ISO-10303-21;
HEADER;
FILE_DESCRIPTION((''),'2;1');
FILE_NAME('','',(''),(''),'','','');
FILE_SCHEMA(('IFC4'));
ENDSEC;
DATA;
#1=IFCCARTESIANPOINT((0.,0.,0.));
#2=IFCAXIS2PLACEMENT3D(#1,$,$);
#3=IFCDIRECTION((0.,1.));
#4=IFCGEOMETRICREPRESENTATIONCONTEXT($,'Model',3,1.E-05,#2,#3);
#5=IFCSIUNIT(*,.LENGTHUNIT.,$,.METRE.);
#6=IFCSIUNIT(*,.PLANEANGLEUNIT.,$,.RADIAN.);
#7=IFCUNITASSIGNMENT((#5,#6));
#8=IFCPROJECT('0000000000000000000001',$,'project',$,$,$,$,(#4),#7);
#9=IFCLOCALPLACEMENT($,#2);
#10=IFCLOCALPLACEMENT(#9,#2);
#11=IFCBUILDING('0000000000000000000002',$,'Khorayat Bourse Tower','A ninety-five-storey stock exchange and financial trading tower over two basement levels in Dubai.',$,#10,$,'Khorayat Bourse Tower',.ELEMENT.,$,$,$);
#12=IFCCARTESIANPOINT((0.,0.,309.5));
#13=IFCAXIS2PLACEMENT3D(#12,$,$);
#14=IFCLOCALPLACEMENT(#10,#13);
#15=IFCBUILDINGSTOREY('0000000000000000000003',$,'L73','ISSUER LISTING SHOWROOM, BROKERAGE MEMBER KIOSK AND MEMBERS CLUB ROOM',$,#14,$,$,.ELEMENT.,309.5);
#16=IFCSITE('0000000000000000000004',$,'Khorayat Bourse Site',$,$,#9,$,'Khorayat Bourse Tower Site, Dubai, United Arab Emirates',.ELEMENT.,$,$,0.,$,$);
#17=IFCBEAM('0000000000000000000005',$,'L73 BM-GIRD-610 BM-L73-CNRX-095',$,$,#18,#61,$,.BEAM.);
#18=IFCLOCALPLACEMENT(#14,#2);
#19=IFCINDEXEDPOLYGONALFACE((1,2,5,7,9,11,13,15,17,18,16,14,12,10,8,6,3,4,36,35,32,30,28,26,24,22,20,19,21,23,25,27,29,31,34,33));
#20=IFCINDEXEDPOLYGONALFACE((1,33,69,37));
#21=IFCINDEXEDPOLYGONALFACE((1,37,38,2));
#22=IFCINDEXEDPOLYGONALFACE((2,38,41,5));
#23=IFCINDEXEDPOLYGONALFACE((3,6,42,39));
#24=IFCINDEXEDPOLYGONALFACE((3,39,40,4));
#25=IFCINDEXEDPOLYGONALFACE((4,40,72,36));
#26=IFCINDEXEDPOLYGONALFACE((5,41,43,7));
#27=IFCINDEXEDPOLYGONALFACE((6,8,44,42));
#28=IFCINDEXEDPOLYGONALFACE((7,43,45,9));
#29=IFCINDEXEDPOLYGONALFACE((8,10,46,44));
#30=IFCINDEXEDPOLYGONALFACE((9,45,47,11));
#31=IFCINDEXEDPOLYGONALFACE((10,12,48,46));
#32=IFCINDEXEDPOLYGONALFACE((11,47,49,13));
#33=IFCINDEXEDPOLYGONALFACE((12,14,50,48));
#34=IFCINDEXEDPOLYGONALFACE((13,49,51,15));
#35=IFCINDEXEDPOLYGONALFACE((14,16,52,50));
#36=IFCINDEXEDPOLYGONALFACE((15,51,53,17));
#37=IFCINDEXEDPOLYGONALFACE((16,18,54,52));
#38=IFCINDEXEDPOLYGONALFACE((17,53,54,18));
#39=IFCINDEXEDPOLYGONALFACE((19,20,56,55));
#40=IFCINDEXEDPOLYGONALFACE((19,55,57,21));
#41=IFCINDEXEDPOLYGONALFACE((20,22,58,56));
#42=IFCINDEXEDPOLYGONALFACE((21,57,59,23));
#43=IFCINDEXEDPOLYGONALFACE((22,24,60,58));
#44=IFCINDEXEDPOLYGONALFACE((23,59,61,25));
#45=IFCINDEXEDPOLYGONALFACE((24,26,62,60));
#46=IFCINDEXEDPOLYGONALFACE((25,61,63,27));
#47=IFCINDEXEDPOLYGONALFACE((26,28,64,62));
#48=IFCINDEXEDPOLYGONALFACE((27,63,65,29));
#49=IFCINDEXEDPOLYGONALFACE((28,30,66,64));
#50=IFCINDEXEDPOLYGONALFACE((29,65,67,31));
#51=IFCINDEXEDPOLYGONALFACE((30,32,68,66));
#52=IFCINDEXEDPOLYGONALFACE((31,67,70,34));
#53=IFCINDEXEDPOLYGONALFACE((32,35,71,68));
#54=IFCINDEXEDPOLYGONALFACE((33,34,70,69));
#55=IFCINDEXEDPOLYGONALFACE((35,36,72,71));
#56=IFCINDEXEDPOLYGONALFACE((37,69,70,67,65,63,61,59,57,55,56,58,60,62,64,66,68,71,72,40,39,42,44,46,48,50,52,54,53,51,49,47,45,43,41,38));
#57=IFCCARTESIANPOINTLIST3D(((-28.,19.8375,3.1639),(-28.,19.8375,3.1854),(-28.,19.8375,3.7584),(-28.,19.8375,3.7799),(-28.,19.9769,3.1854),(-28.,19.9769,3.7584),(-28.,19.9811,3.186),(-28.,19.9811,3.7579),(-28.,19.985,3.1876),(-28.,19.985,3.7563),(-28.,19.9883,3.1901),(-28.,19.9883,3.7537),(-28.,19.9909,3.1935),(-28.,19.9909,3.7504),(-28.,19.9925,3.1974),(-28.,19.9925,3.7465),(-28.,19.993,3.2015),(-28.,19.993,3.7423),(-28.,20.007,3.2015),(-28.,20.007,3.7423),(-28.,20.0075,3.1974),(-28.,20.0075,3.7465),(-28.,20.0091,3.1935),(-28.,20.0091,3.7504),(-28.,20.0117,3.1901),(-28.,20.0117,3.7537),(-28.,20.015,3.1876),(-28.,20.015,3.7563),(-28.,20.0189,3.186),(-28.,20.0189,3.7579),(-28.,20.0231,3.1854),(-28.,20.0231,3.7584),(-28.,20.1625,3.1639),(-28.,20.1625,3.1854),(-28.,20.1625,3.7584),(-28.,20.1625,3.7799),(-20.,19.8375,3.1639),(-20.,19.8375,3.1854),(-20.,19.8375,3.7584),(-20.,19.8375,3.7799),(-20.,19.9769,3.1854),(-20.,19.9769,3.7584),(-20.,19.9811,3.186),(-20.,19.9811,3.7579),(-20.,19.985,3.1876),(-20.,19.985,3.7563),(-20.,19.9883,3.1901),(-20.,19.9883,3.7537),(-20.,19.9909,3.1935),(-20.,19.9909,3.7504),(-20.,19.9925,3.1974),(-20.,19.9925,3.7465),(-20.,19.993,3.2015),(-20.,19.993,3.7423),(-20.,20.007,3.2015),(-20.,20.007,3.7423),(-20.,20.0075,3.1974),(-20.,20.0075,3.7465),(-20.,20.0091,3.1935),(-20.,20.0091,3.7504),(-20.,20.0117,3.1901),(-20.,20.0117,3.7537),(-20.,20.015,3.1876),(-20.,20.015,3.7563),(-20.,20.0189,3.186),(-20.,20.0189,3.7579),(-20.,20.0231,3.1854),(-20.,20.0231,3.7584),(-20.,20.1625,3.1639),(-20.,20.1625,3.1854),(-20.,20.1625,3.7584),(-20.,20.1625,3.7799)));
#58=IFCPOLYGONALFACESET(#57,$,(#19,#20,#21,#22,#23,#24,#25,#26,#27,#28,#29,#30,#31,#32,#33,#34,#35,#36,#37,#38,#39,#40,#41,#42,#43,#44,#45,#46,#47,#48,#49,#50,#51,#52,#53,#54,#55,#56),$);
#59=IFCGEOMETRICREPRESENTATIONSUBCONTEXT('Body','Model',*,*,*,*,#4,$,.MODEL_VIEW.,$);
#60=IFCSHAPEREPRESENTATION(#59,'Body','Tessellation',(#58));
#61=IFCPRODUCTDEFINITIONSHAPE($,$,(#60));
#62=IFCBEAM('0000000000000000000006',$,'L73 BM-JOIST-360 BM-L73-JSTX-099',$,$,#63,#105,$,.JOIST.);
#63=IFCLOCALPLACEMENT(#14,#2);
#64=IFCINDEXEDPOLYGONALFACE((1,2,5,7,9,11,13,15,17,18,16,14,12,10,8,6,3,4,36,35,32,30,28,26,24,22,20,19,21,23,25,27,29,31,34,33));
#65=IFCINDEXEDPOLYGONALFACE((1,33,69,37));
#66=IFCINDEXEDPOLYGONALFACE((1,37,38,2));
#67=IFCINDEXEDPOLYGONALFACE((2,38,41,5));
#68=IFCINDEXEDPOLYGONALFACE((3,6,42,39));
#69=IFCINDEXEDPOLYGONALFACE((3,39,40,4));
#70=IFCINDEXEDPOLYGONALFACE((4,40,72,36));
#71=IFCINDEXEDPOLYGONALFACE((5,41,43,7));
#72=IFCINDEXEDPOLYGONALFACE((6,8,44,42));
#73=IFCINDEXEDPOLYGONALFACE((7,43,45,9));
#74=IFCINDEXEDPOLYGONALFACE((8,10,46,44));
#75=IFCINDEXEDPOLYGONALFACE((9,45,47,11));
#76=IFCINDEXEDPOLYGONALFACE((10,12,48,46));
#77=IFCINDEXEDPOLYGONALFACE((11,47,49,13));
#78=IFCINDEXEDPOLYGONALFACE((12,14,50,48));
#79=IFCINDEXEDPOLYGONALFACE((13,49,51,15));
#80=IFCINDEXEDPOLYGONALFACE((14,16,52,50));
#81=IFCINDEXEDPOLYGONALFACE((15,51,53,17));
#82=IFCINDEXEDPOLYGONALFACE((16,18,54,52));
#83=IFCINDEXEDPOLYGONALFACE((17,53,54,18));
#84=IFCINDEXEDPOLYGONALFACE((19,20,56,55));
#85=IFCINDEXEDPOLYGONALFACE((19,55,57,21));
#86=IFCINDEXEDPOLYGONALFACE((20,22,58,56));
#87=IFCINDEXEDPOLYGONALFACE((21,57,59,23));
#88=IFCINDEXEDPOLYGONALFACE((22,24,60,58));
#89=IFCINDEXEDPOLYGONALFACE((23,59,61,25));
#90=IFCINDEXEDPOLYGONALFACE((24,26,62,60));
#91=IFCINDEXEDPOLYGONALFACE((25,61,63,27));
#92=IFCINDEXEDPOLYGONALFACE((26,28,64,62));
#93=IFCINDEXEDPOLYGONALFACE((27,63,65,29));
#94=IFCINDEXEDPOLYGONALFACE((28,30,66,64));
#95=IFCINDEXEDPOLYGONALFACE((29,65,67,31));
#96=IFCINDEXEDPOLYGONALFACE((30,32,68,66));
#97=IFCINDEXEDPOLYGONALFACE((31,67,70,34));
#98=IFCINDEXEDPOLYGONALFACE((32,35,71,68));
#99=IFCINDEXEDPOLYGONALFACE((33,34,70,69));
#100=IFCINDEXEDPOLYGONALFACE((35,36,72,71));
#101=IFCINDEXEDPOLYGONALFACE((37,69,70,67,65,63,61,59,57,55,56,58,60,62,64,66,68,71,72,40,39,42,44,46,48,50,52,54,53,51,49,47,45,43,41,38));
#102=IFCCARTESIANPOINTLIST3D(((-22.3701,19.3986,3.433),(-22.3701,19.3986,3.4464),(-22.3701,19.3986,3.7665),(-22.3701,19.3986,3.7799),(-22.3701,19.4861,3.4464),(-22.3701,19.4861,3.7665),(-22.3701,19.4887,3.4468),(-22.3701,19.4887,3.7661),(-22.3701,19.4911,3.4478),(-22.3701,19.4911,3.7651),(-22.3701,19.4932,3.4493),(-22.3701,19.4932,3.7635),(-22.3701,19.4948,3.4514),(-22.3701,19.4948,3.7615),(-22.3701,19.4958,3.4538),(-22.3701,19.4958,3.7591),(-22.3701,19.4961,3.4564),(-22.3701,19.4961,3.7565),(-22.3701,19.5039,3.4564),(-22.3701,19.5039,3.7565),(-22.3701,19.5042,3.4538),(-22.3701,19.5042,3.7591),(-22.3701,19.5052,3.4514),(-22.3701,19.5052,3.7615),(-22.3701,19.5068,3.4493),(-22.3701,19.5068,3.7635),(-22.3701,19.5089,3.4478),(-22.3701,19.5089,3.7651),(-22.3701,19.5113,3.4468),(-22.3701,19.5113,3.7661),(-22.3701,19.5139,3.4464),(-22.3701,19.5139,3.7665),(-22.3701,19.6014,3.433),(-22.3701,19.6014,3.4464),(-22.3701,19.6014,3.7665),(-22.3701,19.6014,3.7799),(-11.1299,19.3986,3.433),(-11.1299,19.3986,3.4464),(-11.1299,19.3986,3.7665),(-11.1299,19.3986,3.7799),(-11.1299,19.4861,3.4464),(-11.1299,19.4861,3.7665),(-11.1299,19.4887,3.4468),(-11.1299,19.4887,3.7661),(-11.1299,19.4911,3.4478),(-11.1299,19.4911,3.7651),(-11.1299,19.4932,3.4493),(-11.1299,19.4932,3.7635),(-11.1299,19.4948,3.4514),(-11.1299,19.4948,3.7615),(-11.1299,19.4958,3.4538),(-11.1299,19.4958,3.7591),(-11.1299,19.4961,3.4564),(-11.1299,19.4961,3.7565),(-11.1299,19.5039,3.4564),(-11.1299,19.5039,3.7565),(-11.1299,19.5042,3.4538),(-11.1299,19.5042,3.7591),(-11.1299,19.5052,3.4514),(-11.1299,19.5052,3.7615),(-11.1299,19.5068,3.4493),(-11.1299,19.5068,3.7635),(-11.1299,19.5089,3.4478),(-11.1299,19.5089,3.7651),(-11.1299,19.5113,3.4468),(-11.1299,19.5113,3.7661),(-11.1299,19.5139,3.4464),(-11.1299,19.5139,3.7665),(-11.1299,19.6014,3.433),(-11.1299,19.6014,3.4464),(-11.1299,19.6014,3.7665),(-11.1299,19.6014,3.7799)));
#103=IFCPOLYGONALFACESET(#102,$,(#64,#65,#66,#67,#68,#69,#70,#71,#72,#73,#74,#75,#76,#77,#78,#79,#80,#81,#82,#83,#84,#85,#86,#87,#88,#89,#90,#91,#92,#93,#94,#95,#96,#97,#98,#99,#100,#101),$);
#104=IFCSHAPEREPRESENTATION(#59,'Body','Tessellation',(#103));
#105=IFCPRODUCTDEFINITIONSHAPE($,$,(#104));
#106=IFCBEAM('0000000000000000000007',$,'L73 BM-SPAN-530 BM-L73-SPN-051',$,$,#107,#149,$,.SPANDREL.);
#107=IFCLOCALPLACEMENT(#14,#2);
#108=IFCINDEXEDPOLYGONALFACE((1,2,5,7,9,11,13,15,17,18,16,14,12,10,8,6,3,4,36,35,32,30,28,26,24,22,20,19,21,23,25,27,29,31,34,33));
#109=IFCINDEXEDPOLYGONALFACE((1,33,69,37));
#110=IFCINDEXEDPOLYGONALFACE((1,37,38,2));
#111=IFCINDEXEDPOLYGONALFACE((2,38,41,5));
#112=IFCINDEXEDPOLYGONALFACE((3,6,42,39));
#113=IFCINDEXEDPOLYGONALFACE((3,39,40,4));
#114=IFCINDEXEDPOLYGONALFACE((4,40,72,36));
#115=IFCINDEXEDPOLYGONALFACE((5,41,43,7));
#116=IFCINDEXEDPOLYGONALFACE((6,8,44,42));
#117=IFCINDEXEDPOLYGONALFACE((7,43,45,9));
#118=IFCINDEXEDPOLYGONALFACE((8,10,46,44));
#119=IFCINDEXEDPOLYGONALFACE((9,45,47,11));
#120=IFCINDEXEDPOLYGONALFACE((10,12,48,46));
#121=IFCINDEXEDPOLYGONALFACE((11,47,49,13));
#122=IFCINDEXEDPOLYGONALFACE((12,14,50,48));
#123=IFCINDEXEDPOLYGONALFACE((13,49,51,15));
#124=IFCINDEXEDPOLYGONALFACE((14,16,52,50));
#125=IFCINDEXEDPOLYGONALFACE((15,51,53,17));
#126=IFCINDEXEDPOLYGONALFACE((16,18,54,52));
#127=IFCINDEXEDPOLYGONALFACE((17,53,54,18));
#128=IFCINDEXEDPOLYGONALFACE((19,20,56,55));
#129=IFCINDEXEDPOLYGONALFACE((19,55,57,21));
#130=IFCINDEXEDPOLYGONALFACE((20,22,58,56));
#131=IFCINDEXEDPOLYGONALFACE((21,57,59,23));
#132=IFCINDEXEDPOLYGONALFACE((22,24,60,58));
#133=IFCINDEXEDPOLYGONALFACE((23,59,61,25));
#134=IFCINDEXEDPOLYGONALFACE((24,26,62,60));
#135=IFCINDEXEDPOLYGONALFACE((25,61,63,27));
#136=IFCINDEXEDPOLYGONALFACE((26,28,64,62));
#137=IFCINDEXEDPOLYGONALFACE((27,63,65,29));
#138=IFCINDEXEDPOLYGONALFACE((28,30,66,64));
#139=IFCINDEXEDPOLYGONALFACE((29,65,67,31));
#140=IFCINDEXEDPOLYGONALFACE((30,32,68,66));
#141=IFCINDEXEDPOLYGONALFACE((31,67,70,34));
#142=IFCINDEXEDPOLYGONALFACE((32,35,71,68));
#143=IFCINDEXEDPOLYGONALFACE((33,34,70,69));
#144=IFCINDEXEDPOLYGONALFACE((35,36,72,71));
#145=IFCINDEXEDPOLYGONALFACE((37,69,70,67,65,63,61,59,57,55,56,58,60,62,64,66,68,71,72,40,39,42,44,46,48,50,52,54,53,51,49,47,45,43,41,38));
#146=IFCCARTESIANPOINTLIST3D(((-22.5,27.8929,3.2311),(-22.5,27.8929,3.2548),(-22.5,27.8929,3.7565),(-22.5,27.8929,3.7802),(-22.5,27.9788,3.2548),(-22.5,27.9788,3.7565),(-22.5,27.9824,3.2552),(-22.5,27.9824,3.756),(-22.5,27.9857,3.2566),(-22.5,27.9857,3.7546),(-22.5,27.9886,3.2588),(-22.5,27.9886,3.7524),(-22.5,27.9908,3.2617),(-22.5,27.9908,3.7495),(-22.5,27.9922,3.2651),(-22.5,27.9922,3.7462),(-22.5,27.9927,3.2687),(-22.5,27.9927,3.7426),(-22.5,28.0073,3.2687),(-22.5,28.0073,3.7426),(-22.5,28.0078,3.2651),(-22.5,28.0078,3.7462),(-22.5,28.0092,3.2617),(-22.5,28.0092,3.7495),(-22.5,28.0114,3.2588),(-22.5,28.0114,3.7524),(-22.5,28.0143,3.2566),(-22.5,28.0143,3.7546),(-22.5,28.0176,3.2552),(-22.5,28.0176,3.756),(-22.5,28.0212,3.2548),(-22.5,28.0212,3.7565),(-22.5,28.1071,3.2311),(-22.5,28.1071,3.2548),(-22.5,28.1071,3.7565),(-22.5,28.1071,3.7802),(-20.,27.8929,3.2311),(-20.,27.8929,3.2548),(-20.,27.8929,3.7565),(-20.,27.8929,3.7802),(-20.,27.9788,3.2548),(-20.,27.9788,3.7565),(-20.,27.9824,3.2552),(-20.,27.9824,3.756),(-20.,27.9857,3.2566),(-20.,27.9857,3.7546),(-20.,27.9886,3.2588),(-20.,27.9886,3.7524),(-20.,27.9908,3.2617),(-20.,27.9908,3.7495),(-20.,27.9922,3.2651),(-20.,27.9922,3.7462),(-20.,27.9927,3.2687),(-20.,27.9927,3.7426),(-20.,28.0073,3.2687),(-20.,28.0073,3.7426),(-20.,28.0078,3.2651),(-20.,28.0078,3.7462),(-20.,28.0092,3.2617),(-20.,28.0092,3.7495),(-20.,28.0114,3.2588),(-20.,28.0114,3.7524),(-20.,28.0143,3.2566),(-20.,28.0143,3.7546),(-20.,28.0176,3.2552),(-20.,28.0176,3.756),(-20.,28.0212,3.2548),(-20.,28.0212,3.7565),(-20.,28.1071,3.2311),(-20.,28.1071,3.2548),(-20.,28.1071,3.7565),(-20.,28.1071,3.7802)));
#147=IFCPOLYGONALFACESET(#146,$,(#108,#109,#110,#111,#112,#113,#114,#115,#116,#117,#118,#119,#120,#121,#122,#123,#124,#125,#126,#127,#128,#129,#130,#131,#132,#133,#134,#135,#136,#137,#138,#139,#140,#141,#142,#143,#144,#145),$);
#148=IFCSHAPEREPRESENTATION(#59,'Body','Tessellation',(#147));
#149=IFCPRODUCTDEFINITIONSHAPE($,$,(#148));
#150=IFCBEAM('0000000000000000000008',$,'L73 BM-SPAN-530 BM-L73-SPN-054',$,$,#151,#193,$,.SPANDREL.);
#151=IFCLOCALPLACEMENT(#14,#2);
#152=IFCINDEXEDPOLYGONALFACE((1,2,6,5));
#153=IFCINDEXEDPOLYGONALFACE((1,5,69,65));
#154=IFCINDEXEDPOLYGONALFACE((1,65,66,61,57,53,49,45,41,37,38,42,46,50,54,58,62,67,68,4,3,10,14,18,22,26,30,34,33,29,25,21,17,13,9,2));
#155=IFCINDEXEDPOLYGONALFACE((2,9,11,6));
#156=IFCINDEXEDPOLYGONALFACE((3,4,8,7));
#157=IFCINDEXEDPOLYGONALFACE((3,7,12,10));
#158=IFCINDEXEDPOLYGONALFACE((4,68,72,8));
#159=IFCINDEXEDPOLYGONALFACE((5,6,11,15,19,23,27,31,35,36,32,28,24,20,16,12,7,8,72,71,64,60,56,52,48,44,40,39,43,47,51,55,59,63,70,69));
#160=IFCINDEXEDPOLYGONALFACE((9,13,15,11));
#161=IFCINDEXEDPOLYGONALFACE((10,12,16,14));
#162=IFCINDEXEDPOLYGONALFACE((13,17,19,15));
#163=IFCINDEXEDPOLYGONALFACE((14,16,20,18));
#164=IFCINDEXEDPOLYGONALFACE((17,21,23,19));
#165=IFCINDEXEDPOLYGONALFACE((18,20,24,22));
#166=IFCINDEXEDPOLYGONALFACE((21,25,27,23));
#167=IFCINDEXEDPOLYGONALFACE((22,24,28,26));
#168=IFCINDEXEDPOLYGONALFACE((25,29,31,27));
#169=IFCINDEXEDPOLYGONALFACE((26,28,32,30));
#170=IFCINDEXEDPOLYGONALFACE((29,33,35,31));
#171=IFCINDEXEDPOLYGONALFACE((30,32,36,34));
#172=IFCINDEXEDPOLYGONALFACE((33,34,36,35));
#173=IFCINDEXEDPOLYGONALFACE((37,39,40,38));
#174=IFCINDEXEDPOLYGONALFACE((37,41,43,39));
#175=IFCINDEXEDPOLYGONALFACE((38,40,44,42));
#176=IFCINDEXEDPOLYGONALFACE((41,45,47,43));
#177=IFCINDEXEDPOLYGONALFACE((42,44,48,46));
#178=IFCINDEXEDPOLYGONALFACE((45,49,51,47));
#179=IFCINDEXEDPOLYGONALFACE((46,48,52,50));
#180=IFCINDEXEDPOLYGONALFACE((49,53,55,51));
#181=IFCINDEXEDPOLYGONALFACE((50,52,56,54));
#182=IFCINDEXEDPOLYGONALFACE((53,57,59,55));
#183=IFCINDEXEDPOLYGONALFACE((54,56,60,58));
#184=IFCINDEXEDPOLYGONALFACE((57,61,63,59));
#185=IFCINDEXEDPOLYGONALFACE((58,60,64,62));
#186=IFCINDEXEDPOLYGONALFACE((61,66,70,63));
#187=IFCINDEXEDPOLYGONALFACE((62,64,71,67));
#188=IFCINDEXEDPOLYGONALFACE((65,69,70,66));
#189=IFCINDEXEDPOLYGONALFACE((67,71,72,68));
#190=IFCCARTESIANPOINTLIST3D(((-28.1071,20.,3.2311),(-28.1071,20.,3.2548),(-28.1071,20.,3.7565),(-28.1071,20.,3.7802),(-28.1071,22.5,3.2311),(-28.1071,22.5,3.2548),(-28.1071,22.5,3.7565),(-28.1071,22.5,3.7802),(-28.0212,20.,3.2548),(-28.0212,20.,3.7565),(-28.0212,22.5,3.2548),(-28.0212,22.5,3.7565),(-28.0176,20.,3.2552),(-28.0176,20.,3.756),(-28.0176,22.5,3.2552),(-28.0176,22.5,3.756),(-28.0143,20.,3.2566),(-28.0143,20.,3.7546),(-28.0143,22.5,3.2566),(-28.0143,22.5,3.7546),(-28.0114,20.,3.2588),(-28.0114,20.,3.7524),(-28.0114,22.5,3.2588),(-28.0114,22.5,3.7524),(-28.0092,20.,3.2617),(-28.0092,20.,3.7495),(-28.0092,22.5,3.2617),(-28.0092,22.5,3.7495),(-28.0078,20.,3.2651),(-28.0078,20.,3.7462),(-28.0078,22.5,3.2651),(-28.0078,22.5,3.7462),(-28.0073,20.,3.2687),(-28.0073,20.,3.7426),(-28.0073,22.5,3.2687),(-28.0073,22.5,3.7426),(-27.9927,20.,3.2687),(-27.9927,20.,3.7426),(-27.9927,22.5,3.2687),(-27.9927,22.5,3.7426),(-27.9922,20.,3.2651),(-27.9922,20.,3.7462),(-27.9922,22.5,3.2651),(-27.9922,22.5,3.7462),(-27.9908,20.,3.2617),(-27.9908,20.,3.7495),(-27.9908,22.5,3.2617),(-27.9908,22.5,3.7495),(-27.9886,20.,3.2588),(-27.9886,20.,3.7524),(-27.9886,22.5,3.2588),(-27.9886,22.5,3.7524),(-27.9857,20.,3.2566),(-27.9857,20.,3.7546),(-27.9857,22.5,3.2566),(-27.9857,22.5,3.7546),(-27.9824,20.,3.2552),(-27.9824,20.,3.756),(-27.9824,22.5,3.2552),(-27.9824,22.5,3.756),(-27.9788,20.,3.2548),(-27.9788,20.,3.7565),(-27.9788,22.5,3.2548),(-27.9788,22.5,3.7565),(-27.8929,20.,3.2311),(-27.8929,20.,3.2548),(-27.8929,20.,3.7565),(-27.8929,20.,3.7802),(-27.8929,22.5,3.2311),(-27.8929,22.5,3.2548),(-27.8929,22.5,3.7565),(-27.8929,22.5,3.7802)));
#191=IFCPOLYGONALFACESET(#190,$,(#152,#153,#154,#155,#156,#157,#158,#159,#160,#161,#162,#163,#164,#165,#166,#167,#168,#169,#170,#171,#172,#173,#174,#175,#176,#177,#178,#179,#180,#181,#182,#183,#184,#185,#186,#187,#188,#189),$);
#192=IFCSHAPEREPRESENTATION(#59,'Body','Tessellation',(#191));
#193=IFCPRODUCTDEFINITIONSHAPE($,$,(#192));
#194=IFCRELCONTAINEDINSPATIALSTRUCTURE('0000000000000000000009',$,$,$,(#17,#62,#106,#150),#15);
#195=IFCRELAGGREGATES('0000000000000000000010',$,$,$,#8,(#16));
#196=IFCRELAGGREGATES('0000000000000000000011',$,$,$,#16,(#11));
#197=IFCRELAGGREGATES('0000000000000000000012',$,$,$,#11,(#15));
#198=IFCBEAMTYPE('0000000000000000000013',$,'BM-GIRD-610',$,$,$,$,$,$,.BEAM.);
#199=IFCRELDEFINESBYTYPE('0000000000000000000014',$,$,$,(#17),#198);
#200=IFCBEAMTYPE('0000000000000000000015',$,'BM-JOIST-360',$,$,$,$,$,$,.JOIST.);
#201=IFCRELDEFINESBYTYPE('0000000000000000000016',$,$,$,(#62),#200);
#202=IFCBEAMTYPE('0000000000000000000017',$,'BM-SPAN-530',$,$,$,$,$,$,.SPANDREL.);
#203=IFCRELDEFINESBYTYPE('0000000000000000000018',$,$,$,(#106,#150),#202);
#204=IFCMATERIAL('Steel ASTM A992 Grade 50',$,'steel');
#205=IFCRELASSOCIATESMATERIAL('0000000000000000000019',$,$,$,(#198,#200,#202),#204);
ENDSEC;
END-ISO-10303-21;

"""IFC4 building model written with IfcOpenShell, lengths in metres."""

from ifc_helpers import new_model, si_unit, direction, frame, origin, origin_2d, place, context, subcontext, project, spatial, i_section, extrude, source, transform, mapped, material, material_profile, profile_set, type_object, element, save


model = new_model("IFC4")

# Units and contexts
model_context = context("Model", 3, precision=1e-05, world=origin(), true_north=direction((0.0, 1.0)))
body_context = subcontext(model_context, "Body", "Model", "MODEL_VIEW")
ifc_project = project(units=[si_unit("LENGTHUNIT", "METRE"), si_unit("PLANEANGLEUNIT", "RADIAN")], contexts=[model_context])

# Site, building, storey
site_placement = place(None, origin())
site = spatial("IfcSite", under=ifc_project, at=site_placement, Name="Khorayat Bourse Site", LongName="Khorayat Bourse Tower Site, Dubai, United Arab Emirates", CompositionType="ELEMENT", RefElevation=0.0)
building_placement = place(site_placement, origin())
building = spatial("IfcBuilding", under=site, at=building_placement, Name="Khorayat Bourse Tower", Description="A ninety-five-storey stock exchange and financial trading tower over two basement levels in Dubai.", LongName="Khorayat Bourse Tower", CompositionType="ELEMENT")
storey_placement = place(building_placement, frame((0.0, 0.0, 309.5)))
storey = spatial("IfcBuildingStorey", under=building, at=storey_placement, Name="L73", Description="ISSUER LISTING SHOWROOM, BROKERAGE MEMBER KIOSK AND MEMBERS CLUB ROOM", CompositionType="ELEMENT", Elevation=309.5)

# Beams
ifc_material_1 = material(Name="Steel ASTM A992 Grade 50", Category="steel")
ifc_material_profile_1 = material_profile(ifc_material_1, i_section(OverallWidth=0.325, OverallDepth=0.616, WebThickness=0.0139, FlangeThickness=0.0215, FilletRadius=0.0161, at=origin_2d()), Name="W610X174")
ifc_profile_set_1 = profile_set([ifc_material_profile_1], Name="Steel ASTM A992 Grade 50")
beam_type_1 = type_object("IfcBeamType", Name="BM-GIRD-610", PredefinedType="BEAM", material=ifc_profile_set_1)
shared_shape_1 = source(origin(), body_context, "Body", "SweptSolid", [
    extrude(i_section(OverallWidth=0.325, OverallDepth=0.616, WebThickness=0.0139, FlangeThickness=0.0215, FilletRadius=0.0161, at=origin_2d()), origin(), (0.0, 0.0, 1.0), 8.0),
])
beam_1_placement = place(storey_placement, frame((-28.0, 20.0, 3.4719), z_axis=(1.0, 0.0, 0.0), x_axis=(0.0, 1.0, 0.0)))
element("IfcBeam", 1, at=beam_1_placement, inside=storey, type_object=beam_type_1, Name="L73 BM-GIRD-610 BM-L73-CNRX-095", PredefinedType="BEAM", context=body_context, shape_type="MappedRepresentation", body=[
    mapped(shared_shape_1, transform((0.0, 0.0, 0.0), scale=1.0)),
])
ifc_material_profile_2 = material_profile(ifc_material_1, i_section(OverallWidth=0.2029, OverallDepth=0.3469, WebThickness=0.0078, FlangeThickness=0.0134, FilletRadius=0.01, at=origin_2d()), Name="W360X64")
ifc_profile_set_2 = profile_set([ifc_material_profile_2], Name="Steel ASTM A992 Grade 50")
beam_type_2 = type_object("IfcBeamType", Name="BM-JOIST-360", PredefinedType="JOIST", material=ifc_profile_set_2)
shared_shape_2 = source(origin(), body_context, "Body", "SweptSolid", [
    extrude(i_section(OverallWidth=0.2029, OverallDepth=0.3469, WebThickness=0.0078, FlangeThickness=0.0134, FilletRadius=0.01, at=origin_2d()), origin(), (0.0, 0.0, 1.0), 11.2402),
])
beam_2_placement = place(storey_placement, frame((-22.3701, 19.5, 3.6064), z_axis=(1.0, 0.0, 0.0), x_axis=(0.0, 1.0, 0.0)))
element("IfcBeam", 2, at=beam_2_placement, inside=storey, type_object=beam_type_2, Name="L73 BM-JOIST-360 BM-L73-JSTX-099", PredefinedType="JOIST", context=body_context, shape_type="MappedRepresentation", body=[
    mapped(shared_shape_2, transform((0.0, 0.0, 0.0), scale=1.0)),
])
ifc_material_profile_3 = material_profile(ifc_material_1, i_section(OverallWidth=0.2141, OverallDepth=0.5491, WebThickness=0.0146, FlangeThickness=0.0237, FilletRadius=0.0139, at=origin_2d()), Name="W530X138")
ifc_profile_set_3 = profile_set([ifc_material_profile_3], Name="Steel ASTM A992 Grade 50")
beam_type_3 = type_object("IfcBeamType", Name="BM-SPAN-530", PredefinedType="SPANDREL", material=ifc_profile_set_3)
shared_shape_3 = source(origin(), body_context, "Body", "SweptSolid", [
    extrude(i_section(OverallWidth=0.2141, OverallDepth=0.5491, WebThickness=0.0146, FlangeThickness=0.0237, FilletRadius=0.0139, at=origin_2d()), origin(), (0.0, 0.0, 1.0), 2.5),
])
for number, where, z_axis, x_axis, name in (
    (3, (-22.5, 28.0, 3.5056), (1.0, 0.0, 0.0), (0.0, 1.0, 0.0), "L73 BM-SPAN-530 BM-L73-SPN-051"),
    (4, (-28.0, 20.0, 3.5056), (0.0, 1.0, 0.0), (-1.0, 0.0, 0.0), "L73 BM-SPAN-530 BM-L73-SPN-054"),
):
    element("IfcBeam", number, at=place(storey_placement, frame(where, z_axis=z_axis, x_axis=x_axis)), inside=storey, type_object=beam_type_3, Name=name, PredefinedType="SPANDREL", context=body_context, shape_type="MappedRepresentation", body=[
        mapped(shared_shape_3, transform((0.0, 0.0, 0.0), scale=1.0)),
    ])

save(model, "model.ifc")
